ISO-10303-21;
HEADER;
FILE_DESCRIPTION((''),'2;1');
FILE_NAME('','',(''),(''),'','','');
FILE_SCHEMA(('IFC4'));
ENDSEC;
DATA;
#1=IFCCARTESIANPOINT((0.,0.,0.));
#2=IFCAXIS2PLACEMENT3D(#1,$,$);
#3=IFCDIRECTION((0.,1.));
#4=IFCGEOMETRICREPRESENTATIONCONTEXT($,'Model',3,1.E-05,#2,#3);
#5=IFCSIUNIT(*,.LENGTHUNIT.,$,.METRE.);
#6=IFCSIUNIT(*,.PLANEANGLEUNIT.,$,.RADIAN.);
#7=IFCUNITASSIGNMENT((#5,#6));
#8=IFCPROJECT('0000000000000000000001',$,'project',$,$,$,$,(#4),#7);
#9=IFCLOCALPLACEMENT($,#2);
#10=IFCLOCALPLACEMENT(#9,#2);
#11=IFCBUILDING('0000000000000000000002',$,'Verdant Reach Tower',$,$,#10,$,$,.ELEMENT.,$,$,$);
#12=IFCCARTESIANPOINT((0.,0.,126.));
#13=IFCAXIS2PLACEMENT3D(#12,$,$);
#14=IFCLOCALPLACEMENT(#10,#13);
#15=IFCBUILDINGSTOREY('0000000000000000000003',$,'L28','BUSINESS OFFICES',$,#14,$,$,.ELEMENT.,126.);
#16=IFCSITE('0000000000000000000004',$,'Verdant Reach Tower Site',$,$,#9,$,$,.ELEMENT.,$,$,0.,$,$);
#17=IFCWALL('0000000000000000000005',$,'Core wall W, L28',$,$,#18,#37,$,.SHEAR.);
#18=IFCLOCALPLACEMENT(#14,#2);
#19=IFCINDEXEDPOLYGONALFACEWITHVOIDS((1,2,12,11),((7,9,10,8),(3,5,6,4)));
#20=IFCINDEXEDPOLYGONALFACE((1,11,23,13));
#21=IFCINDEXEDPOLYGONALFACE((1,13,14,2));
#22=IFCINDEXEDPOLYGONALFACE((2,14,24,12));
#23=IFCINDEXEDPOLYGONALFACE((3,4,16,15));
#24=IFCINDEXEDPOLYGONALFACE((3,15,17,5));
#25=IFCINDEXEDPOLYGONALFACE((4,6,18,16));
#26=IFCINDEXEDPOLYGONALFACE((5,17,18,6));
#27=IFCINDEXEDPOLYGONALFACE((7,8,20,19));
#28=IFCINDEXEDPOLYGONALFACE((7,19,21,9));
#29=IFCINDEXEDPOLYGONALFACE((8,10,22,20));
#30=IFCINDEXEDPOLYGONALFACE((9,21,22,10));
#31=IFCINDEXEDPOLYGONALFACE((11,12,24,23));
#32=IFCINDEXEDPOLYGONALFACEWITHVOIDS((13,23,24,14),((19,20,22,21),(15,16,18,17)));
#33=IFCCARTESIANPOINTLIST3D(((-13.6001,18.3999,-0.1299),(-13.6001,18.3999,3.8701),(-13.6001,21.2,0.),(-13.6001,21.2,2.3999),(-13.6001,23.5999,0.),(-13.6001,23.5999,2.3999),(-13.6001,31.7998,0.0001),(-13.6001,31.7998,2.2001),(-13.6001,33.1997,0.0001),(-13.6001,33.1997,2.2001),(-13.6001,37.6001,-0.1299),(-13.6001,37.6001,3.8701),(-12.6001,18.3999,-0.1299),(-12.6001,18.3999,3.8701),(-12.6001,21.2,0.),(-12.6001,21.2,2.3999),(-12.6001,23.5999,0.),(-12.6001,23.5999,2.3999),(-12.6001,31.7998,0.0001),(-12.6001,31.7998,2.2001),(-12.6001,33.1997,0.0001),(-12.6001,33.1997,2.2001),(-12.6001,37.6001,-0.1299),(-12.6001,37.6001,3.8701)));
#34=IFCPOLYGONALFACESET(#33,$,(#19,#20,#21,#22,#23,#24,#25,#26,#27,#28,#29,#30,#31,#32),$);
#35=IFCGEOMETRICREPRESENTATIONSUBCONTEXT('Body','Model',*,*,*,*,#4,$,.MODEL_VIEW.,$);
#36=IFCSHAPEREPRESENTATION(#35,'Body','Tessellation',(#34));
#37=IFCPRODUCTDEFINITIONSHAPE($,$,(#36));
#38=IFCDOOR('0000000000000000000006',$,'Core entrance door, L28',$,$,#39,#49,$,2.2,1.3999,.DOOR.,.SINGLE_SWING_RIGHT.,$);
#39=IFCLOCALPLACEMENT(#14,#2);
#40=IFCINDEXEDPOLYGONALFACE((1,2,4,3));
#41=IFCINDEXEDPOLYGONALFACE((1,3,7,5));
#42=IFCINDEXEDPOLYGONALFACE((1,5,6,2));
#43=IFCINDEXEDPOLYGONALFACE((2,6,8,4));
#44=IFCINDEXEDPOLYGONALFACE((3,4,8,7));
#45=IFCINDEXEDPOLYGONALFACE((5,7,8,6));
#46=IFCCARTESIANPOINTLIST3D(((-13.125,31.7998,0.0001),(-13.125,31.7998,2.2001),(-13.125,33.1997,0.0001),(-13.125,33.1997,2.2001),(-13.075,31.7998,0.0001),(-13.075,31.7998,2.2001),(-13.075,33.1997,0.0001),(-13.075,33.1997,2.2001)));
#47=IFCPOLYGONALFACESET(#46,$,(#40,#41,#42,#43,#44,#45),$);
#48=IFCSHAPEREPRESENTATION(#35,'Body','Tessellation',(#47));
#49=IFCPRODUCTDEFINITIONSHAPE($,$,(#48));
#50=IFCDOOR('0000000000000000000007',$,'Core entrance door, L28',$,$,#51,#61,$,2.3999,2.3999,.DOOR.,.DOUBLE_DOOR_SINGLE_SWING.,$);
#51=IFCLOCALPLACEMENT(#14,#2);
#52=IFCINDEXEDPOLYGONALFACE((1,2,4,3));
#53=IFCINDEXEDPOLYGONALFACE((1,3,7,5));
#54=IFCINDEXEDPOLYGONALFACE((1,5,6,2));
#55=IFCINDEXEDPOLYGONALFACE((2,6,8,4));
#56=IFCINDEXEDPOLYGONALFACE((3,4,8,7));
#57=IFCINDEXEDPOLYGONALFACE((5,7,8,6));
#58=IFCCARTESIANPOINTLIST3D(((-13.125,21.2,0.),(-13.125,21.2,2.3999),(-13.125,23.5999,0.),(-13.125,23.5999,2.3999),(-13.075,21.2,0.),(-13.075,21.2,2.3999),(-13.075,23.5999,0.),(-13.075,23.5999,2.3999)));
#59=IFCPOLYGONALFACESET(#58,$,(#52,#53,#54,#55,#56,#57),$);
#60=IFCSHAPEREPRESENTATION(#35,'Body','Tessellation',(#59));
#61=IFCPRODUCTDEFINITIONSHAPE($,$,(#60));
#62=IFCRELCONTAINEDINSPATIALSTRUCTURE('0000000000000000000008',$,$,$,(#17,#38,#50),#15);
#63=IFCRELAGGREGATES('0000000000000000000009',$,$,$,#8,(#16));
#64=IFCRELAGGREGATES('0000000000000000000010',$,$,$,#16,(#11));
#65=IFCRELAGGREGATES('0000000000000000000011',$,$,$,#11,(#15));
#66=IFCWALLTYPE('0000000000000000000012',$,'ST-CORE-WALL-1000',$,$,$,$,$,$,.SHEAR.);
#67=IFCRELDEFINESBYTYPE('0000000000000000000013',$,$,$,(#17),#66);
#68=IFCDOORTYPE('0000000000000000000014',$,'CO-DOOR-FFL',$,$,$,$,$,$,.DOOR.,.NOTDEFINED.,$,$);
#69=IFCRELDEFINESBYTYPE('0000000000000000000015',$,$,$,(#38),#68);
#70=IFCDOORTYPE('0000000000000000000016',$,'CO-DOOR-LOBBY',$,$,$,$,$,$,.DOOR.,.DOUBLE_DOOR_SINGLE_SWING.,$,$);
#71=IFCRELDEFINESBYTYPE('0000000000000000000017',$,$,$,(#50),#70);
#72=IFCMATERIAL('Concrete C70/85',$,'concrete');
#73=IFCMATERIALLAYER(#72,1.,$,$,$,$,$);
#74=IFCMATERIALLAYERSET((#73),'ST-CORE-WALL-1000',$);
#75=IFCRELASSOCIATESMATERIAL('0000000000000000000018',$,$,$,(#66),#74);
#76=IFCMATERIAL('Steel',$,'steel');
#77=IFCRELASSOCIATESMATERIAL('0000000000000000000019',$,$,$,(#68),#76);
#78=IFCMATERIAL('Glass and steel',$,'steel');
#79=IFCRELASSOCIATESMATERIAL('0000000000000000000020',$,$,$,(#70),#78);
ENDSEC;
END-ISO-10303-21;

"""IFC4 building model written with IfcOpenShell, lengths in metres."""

from ifc_helpers import new_model, si_unit, direction, frame, frame_2d, origin, place, context, subcontext, project, spatial, rectangle, extrude, material, layer, layer_set, type_object, element, fill, save


model = new_model("IFC4")

# Units and contexts
model_context = context("Model", 3, precision=1e-05, world=origin(), true_north=direction((0.0, 1.0)))
body_context = subcontext(model_context, "Body", "Model", "MODEL_VIEW")
ifc_project = project(units=[si_unit("LENGTHUNIT", "METRE"), si_unit("PLANEANGLEUNIT", "RADIAN")], contexts=[model_context])

# Site, building, storey
site_placement = place(None, origin())
site = spatial("IfcSite", under=ifc_project, at=site_placement, Name="Verdant Reach Tower Site", CompositionType="ELEMENT", RefElevation=0.0)
building_placement = place(site_placement, origin())
building = spatial("IfcBuilding", under=site, at=building_placement, Name="Verdant Reach Tower", CompositionType="ELEMENT")
storey_placement = place(building_placement, frame((0.0, 0.0, 126.0)))
storey = spatial("IfcBuildingStorey", under=building, at=storey_placement, Name="L28", Description="BUSINESS OFFICES", CompositionType="ELEMENT", Elevation=126.0)

# Wall, openings, doors
ifc_material_1 = material(Name="Concrete C70/85", Category="concrete")
ifc_layer_1 = layer(ifc_material_1, 1.0)
ifc_layer_set_1 = layer_set([ifc_layer_1], Name="ST-CORE-WALL-1000")
wall_type_1 = type_object("IfcWallType", Name="ST-CORE-WALL-1000", PredefinedType="SHEAR", material=ifc_layer_set_1)
wall_1_placement = place(storey_placement, frame((-13.1001, 18.3999, -0.1299), z_axis=(0.0, 0.0, 1.0), x_axis=(0.0, 1.0, 0.0)))
wall_1 = element("IfcWall", 1, at=wall_1_placement, inside=storey, type_object=wall_type_1, Name="Core wall W, L28", PredefinedType="SHEAR", context=body_context, shape_type="SweptSolid", body=[
    extrude(rectangle(XDim=19.2002, YDim=1.0, at=frame_2d((9.6001, 0.0))), origin(), (0.0, 0.0, 1.0), 4.0),
])
opening_1_placement = place(wall_1_placement, frame((2.8, 0.0, 0.1299)))
opening_1 = element("IfcOpeningElement", 2, at=opening_1_placement, cuts=wall_1, PredefinedType="OPENING", context=body_context, shape_type="SweptSolid", body=[
    extrude(rectangle(XDim=2.3999, YDim=2.3999, at=frame_2d((1.2, 1.2))), frame((0.0, 0.51, 0.0), z_axis=(0.0, -1.0, 0.0), x_axis=(1.0, 0.0, 0.0)), (0.0, 0.0, 1.0), 1.02),
])
opening_2_placement = place(wall_1_placement, frame((13.3999, 0.0, 0.1299)))
opening_2 = element("IfcOpeningElement", 3, at=opening_2_placement, cuts=wall_1, PredefinedType="OPENING", context=body_context, shape_type="SweptSolid", body=[
    extrude(rectangle(XDim=1.3999, YDim=2.2, at=frame_2d((0.7, 1.1001))), frame((0.0, 0.51, 0.0), z_axis=(0.0, -1.0, 0.0), x_axis=(1.0, 0.0, 0.0)), (0.0, 0.0, 1.0), 1.02),
])
ifc_material_2 = material(Name="Steel", Category="steel")
door_type_1 = type_object("IfcDoorType", Name="CO-DOOR-FFL", OperationType="NOTDEFINED", PredefinedType="DOOR", material=ifc_material_2)
door_1_placement = place(opening_2_placement, origin())
door_1 = element("IfcDoor", 4, at=door_1_placement, inside=storey, type_object=door_type_1, Name="Core entrance door, L28", OperationType="SINGLE_SWING_RIGHT", OverallHeight=2.2, OverallWidth=1.3999, PredefinedType="DOOR", context=body_context, shape_type="SweptSolid", body=[
    extrude(rectangle(XDim=1.3999, YDim=2.2, at=frame_2d((0.7, 1.1001))), frame((0.0, 0.0249, 0.0), z_axis=(0.0, -1.0, 0.0), x_axis=(1.0, 0.0, 0.0)), (0.0, 0.0, 1.0), 0.05),
])
fill(opening_2, door_1)
ifc_material_3 = material(Name="Glass and steel", Category="steel")
door_type_2 = type_object("IfcDoorType", Name="CO-DOOR-LOBBY", OperationType="DOUBLE_DOOR_SINGLE_SWING", PredefinedType="DOOR", material=ifc_material_3)
door_2_placement = place(opening_1_placement, origin())
door_2 = element("IfcDoor", 5, at=door_2_placement, inside=storey, type_object=door_type_2, Name="Core entrance door, L28", OperationType="DOUBLE_DOOR_SINGLE_SWING", OverallHeight=2.3999, OverallWidth=2.3999, PredefinedType="DOOR", context=body_context, shape_type="SweptSolid", body=[
    extrude(rectangle(XDim=2.3999, YDim=2.3999, at=frame_2d((1.2, 1.2))), frame((0.0, 0.0249, 0.0), z_axis=(0.0, -1.0, 0.0), x_axis=(1.0, 0.0, 0.0)), (0.0, 0.0, 1.0), 0.05),
])
fill(opening_1, door_2)

save(model, "model.ifc")
